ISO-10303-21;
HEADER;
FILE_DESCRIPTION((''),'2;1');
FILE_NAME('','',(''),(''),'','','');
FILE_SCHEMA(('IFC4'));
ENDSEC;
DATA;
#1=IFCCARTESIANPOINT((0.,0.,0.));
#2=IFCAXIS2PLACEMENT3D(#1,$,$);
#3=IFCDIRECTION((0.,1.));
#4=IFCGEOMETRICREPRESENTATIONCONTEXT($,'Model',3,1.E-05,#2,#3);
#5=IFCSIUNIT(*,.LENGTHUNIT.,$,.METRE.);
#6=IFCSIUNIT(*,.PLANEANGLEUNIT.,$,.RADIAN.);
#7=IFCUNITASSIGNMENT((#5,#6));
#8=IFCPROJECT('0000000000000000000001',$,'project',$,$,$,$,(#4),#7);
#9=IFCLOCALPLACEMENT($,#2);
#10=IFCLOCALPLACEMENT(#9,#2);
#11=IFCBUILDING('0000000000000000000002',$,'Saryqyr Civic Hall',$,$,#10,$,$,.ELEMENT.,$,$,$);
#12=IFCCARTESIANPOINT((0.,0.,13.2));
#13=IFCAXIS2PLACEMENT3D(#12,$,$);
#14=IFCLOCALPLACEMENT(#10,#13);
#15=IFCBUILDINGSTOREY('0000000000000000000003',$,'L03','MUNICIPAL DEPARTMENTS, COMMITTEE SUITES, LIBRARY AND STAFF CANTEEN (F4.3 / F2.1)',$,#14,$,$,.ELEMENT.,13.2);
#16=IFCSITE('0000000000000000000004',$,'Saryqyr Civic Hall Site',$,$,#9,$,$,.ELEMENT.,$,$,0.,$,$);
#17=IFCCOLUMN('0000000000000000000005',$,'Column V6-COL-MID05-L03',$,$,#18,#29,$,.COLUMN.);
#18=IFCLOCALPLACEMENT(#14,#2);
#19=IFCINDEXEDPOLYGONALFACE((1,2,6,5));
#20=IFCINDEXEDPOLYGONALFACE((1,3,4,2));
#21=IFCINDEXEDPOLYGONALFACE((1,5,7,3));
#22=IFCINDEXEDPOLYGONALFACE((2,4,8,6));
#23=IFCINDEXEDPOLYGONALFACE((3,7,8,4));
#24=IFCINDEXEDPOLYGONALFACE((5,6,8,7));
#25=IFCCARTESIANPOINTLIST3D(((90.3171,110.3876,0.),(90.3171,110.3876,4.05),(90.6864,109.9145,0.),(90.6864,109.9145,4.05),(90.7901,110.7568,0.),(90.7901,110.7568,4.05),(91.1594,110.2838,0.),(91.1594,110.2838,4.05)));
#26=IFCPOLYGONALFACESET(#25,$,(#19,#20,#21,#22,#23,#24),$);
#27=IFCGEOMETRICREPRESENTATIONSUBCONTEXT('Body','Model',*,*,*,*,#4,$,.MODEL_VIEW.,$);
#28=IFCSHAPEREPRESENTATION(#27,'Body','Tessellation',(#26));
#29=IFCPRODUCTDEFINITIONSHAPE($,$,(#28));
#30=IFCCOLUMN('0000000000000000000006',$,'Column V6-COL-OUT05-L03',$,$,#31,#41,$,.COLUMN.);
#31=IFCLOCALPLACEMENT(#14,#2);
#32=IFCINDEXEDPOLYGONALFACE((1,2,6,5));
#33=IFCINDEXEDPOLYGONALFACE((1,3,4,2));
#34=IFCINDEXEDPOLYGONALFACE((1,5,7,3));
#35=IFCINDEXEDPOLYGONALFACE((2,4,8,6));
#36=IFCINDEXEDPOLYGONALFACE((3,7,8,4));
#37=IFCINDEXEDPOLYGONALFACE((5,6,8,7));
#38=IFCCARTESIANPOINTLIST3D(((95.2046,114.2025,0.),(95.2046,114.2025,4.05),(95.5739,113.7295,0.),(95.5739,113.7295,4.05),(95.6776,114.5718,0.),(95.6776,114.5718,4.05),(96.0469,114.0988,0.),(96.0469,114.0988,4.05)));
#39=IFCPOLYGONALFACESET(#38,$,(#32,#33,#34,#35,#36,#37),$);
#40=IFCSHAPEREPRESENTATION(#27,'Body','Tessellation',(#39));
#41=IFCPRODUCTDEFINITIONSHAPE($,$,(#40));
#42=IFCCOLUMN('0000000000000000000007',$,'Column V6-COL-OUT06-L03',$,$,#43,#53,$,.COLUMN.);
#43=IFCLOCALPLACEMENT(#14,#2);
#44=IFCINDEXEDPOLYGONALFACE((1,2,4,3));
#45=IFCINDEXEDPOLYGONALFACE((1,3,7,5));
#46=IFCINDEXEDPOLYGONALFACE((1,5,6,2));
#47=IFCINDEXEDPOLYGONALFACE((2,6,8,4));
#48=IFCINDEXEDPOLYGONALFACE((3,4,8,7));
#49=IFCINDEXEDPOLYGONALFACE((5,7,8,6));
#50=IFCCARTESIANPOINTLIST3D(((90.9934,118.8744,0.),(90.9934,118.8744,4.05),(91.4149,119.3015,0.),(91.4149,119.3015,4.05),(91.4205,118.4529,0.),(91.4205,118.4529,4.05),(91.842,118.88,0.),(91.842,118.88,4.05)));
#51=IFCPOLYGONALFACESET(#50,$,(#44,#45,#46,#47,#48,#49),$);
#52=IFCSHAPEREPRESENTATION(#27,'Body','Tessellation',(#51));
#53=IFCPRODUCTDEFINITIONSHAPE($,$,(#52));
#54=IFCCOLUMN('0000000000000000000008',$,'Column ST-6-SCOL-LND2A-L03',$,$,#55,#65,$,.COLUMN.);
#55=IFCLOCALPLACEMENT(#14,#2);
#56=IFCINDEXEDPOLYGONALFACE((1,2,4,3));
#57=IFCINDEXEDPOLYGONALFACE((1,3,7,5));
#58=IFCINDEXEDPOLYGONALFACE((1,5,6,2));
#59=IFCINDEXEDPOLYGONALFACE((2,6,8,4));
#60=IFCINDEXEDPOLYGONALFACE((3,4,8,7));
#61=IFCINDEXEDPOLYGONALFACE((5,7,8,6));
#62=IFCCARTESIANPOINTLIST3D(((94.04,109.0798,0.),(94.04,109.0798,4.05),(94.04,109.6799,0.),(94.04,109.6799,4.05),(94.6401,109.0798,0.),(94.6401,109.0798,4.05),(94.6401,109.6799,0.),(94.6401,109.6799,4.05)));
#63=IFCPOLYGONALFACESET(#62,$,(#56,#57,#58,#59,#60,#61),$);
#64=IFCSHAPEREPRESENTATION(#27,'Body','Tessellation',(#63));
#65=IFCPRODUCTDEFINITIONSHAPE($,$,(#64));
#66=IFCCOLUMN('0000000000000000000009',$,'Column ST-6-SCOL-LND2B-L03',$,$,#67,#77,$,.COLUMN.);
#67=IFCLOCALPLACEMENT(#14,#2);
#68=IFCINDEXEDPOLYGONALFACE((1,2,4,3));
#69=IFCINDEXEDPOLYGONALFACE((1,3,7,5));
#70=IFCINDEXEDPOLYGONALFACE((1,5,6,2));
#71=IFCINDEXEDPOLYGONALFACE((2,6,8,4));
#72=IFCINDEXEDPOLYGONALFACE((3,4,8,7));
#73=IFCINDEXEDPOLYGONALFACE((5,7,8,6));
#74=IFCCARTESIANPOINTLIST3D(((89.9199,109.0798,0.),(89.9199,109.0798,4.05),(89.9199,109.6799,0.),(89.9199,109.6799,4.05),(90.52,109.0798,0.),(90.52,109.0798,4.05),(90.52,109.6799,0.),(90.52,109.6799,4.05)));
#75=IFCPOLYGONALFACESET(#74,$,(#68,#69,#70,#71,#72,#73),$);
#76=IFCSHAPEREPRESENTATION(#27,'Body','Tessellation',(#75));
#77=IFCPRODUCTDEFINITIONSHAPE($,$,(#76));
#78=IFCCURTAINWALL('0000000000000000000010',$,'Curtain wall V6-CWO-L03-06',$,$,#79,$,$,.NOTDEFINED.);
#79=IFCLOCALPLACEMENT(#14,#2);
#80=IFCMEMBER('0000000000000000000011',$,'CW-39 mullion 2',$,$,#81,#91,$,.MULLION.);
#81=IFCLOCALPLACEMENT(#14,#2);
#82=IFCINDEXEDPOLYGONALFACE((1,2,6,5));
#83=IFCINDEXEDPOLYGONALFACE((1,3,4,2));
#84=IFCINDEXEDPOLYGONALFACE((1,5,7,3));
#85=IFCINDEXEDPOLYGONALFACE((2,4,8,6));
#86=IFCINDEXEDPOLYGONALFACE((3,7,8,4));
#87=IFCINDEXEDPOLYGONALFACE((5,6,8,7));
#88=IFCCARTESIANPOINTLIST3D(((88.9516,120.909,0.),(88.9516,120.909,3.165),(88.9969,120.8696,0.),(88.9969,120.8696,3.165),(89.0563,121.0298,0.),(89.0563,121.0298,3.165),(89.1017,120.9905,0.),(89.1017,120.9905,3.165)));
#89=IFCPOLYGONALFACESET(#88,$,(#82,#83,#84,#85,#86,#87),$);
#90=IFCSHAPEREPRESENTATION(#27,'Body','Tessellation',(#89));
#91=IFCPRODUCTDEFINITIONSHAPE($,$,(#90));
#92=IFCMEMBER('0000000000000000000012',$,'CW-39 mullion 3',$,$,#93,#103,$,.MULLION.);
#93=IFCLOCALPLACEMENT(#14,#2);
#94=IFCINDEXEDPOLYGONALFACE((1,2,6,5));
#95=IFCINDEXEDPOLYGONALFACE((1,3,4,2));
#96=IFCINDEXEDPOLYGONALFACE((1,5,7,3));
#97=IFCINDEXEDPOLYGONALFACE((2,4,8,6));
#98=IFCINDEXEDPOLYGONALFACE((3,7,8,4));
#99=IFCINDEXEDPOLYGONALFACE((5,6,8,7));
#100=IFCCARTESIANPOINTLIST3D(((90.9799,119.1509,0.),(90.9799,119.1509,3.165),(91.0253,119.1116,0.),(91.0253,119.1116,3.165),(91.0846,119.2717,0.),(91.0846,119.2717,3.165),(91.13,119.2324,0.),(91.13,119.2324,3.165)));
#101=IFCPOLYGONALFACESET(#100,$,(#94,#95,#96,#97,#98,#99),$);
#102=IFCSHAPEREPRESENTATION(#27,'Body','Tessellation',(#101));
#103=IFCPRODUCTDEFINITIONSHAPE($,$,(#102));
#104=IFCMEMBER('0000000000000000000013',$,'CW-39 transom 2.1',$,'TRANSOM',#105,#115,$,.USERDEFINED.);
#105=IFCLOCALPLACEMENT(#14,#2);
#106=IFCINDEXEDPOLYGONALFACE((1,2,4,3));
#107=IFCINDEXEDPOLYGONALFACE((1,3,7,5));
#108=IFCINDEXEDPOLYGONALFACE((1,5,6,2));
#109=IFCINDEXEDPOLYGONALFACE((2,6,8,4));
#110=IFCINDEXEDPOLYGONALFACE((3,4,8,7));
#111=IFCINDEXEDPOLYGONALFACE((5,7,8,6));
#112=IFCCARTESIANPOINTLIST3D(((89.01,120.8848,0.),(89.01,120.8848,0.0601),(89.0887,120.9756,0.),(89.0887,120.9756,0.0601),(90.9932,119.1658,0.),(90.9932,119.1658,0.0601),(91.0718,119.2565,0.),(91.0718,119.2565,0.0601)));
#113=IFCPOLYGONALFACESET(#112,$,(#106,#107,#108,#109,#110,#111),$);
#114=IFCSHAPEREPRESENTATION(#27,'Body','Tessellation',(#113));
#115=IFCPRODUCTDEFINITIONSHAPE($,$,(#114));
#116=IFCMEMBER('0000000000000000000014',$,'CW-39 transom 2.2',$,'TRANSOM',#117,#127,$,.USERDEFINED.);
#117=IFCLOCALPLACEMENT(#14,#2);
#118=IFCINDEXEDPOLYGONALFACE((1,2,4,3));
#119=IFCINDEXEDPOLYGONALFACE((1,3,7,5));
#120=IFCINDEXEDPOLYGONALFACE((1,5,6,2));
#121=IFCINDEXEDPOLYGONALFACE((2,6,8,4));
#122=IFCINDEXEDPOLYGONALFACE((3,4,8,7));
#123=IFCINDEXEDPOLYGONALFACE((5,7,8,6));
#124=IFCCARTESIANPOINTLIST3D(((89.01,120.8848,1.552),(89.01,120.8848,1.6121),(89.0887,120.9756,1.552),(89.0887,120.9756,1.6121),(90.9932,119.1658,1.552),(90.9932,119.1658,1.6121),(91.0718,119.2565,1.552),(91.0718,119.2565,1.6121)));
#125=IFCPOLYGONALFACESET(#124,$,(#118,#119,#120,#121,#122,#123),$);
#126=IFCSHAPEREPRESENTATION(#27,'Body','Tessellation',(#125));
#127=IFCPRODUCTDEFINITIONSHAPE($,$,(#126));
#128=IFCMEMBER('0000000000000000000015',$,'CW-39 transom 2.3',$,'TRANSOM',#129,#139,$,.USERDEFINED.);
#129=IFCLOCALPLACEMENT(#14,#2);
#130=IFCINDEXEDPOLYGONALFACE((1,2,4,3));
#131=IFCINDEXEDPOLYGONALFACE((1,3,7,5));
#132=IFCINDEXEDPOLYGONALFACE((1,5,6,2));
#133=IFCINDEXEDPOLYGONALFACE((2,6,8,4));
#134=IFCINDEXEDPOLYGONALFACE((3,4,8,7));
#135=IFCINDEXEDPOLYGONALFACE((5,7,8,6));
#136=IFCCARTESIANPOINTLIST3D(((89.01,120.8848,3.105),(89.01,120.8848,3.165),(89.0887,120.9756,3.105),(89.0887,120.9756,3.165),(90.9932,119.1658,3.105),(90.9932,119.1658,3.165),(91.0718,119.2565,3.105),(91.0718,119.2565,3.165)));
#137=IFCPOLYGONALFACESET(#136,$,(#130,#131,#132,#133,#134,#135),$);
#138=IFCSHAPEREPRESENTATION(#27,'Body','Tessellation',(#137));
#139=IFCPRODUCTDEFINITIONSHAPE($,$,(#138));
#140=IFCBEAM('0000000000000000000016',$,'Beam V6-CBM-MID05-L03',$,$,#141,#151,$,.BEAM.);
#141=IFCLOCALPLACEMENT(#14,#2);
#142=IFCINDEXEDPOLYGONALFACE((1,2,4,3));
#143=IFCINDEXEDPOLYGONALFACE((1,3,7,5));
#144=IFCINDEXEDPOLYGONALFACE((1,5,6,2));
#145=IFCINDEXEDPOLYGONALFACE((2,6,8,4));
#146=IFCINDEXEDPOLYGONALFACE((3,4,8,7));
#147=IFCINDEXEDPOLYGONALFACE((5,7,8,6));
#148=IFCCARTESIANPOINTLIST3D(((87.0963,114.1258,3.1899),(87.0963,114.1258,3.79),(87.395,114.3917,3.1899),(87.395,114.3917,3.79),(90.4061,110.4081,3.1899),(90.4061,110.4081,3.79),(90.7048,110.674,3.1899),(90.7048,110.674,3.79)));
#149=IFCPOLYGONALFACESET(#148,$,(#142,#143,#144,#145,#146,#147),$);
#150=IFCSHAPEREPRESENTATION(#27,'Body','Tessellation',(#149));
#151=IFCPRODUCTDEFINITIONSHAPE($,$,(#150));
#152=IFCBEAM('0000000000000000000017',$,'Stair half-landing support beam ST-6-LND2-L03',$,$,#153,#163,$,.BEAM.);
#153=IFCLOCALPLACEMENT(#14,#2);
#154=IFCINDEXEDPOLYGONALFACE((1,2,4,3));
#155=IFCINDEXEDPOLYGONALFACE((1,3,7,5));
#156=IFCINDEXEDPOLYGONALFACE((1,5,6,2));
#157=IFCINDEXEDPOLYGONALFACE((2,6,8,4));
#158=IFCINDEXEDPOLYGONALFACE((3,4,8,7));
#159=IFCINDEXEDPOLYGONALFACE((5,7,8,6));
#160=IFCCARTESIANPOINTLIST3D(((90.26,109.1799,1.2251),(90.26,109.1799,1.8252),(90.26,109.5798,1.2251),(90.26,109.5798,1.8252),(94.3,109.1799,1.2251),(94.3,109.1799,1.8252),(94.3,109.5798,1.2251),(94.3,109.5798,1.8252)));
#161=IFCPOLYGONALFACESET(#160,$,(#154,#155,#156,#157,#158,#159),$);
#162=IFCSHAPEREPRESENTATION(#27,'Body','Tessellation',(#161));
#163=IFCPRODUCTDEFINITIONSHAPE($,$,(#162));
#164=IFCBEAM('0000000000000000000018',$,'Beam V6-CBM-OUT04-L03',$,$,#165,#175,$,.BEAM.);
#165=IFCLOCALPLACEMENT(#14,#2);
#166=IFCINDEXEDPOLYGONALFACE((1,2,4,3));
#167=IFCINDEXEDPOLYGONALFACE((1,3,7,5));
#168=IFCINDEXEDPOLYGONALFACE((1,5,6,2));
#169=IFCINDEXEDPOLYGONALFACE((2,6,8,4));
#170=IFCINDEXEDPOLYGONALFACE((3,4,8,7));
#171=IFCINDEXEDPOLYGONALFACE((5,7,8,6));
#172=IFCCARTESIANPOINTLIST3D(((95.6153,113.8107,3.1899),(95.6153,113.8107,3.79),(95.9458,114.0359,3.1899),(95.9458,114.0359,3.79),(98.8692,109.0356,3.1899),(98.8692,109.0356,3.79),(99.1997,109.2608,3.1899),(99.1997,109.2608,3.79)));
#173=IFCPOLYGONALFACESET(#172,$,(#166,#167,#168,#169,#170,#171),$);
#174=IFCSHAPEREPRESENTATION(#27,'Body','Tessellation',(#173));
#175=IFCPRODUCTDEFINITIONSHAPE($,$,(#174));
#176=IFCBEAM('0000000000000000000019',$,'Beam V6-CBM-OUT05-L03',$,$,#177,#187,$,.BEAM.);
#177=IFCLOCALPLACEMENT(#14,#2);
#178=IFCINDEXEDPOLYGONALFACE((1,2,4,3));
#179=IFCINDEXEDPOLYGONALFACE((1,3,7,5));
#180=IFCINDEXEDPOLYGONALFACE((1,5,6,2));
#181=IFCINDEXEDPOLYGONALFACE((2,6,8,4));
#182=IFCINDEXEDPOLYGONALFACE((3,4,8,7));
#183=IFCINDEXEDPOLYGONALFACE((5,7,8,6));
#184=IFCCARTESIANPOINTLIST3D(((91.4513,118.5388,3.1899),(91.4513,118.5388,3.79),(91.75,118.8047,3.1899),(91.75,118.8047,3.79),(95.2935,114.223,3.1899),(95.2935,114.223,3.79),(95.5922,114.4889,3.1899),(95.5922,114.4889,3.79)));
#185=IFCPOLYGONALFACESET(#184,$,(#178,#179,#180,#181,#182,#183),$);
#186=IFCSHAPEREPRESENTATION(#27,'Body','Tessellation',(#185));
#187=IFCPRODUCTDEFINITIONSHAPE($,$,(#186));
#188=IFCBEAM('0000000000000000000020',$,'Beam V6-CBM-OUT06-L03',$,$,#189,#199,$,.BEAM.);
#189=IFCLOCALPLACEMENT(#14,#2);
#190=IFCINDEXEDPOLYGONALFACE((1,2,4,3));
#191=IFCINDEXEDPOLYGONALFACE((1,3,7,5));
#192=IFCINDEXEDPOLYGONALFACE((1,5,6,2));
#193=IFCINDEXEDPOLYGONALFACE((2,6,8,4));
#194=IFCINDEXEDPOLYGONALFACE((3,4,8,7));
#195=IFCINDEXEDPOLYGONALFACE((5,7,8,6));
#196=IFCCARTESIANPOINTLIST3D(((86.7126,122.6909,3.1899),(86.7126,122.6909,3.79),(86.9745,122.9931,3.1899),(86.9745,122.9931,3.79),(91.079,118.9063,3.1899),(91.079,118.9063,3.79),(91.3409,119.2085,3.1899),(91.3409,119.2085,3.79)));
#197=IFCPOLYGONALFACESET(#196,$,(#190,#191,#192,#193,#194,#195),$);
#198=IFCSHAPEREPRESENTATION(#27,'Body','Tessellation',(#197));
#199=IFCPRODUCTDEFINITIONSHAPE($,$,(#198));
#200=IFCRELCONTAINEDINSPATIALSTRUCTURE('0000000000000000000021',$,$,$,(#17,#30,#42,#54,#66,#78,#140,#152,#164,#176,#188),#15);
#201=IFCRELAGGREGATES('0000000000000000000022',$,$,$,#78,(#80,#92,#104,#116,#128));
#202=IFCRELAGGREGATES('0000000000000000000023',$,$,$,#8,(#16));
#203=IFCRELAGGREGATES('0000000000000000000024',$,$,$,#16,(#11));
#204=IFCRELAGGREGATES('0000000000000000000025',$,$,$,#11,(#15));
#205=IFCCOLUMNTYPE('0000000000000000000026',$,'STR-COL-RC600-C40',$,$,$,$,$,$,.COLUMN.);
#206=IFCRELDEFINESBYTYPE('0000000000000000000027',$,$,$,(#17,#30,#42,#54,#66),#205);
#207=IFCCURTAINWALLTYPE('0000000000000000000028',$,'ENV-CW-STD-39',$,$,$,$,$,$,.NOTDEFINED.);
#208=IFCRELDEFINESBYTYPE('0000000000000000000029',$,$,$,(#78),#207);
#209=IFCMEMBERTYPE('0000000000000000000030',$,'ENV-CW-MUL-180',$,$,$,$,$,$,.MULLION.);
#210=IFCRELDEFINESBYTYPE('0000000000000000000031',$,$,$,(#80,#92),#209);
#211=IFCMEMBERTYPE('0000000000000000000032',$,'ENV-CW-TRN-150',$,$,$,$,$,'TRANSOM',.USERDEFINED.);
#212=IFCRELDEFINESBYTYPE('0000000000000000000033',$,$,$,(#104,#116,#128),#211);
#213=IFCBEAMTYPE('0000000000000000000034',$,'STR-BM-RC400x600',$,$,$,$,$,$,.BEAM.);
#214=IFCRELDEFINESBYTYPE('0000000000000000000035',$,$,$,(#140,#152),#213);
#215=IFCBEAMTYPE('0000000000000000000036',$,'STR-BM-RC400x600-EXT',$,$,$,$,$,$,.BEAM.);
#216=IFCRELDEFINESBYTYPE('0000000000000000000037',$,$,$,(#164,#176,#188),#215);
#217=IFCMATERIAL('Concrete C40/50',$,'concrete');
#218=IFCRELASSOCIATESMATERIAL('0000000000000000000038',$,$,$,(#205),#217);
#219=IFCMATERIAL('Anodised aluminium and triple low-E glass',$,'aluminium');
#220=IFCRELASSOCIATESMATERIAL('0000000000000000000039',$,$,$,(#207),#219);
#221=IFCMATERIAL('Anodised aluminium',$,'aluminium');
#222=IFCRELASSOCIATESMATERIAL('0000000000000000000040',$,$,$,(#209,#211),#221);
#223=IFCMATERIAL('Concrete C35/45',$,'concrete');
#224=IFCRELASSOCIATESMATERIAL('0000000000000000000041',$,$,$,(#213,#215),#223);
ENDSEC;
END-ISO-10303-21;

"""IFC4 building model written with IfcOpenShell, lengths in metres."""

from ifc_helpers import new_model, si_unit, direction, frame, origin, origin_2d, place, context, subcontext, project, spatial, rectangle, extrude, material, material_profile, profile_set, type_object, element, aggregate, save


model = new_model("IFC4")

# Units and contexts
model_context = context("Model", 3, precision=1e-05, world=origin(), true_north=direction((0.0, 1.0)))
body_context = subcontext(model_context, "Body", "Model", "MODEL_VIEW")
ifc_project = project(units=[si_unit("LENGTHUNIT", "METRE"), si_unit("PLANEANGLEUNIT", "RADIAN")], contexts=[model_context])

# Site, building, storey
site_placement = place(None, origin())
site = spatial("IfcSite", under=ifc_project, at=site_placement, Name="Saryqyr Civic Hall Site", CompositionType="ELEMENT", RefElevation=0.0)
building_placement = place(site_placement, origin())
building = spatial("IfcBuilding", under=site, at=building_placement, Name="Saryqyr Civic Hall", CompositionType="ELEMENT")
storey_placement = place(building_placement, frame((0.0, 0.0, 13.2)))
storey = spatial("IfcBuildingStorey", under=building, at=storey_placement, Name="L03", Description="MUNICIPAL DEPARTMENTS, COMMITTEE SUITES, LIBRARY AND STAFF CANTEEN (F4.3 / F2.1)", CompositionType="ELEMENT", Elevation=13.2)

# Columns
ifc_material_1 = material(Name="Concrete C40/50", Category="concrete")
ifc_material_profile_1 = material_profile(ifc_material_1, rectangle(XDim=0.6001, YDim=0.6001, at=origin_2d()), Name="RC 600x600")
ifc_profile_set_1 = profile_set([ifc_material_profile_1], Name="Concrete C40/50")
column_type = type_object("IfcColumnType", Name="STR-COL-RC600-C40", PredefinedType="COLUMN", material=ifc_profile_set_1)
for number, where, z_axis, x_axis, name in (
    (1, (90.7383, 110.3357, 0.0), (0.0, 0.0, 1.0), (0.788226, 0.615386, 0.0), "Column V6-COL-MID05-L03"),
    (2, (95.6257, 114.1506, 0.0), (0.0, 0.0, 1.0), (0.788226, 0.615386, 0.0), "Column V6-COL-OUT05-L03"),
    (3, (91.4177, 118.8772, 0.0), (0.0, 0.0, 1.0), (0.702402, 0.711781, 0.0), "Column V6-COL-OUT06-L03"),
    (4, (94.3401, 109.3799, 0.0), (0.0, 0.0, 1.0), (1.0, 0.0, 0.0), "Column ST-6-SCOL-LND2A-L03"),
    (5, (90.22, 109.3799, 0.0), (0.0, 0.0, 1.0), (1.0, 0.0, 0.0), "Column ST-6-SCOL-LND2B-L03"),
):
    element("IfcColumn", number, at=place(storey_placement, frame(where, z_axis=z_axis, x_axis=x_axis)), inside=storey, type_object=column_type, Name=name, PredefinedType="COLUMN", context=body_context, shape_type="SweptSolid", body=[
        extrude(rectangle(XDim=0.6001, YDim=0.6001, at=origin_2d()), origin(), (0.0, 0.0, 1.0), 4.05),
    ])

# Curtain wall, members
ifc_material_2 = material(Name="Anodised aluminium and triple low-E glass", Category="aluminium")
curtain_wall_type = type_object("IfcCurtainWallType", Name="ENV-CW-STD-39", PredefinedType="NOTDEFINED", material=ifc_material_2)
curtain_wall_placement = place(storey_placement, origin())
curtain_wall = element("IfcCurtainWall", 6, at=curtain_wall_placement, inside=storey, type_object=curtain_wall_type, Name="Curtain wall V6-CWO-L03-06", PredefinedType="NOTDEFINED")
ifc_material_3 = material(Name="Anodised aluminium", Category="aluminium")
ifc_material_profile_2 = material_profile(ifc_material_3, rectangle(XDim=0.0601, YDim=0.1599, at=origin_2d()), Name="ALU MULLION 60x160")
ifc_profile_set_2 = profile_set([ifc_material_profile_2], Name="Anodised aluminium")
member_type_1 = type_object("IfcMemberType", Name="ENV-CW-MUL-180", PredefinedType="MULLION", material=ifc_profile_set_2)
member_1_placement = place(storey_placement, frame((89.0266, 120.9497, 0.0), z_axis=(0.0, 0.0, 1.0), x_axis=(0.755657, -0.654967, 0.0)))
member_1 = element("IfcMember", 7, at=member_1_placement, type_object=member_type_1, Name="CW-39 mullion 2", PredefinedType="MULLION", context=body_context, shape_type="SweptSolid", body=[
    extrude(rectangle(XDim=0.0601, YDim=0.1599, at=origin_2d()), origin(), (0.0, 0.0, 1.0), 3.165),
])
member_2_placement = place(storey_placement, frame((91.0549, 119.1917, 0.0), z_axis=(0.0, 0.0, 1.0), x_axis=(0.755657, -0.654967, 0.0)))
member_2 = element("IfcMember", 8, at=member_2_placement, type_object=member_type_1, Name="CW-39 mullion 3", PredefinedType="MULLION", context=body_context, shape_type="SweptSolid", body=[
    extrude(rectangle(XDim=0.0601, YDim=0.1599, at=origin_2d()), origin(), (0.0, 0.0, 1.0), 3.165),
])
ifc_material_profile_3 = material_profile(ifc_material_3, rectangle(XDim=0.1201, YDim=0.0601, at=origin_2d()), Name="ALU TRANSOM 120x60")
ifc_profile_set_3 = profile_set([ifc_material_profile_3], Name="Anodised aluminium")
member_type_2 = type_object("IfcMemberType", Name="ENV-CW-TRN-150", ElementType="TRANSOM", PredefinedType="USERDEFINED", material=ifc_profile_set_3)
member_3_placement = place(storey_placement, frame((89.0493, 120.9302, 0.03), z_axis=(0.75564, -0.654987, 0.0), x_axis=(0.654987, 0.75564, 0.0)))
member_3 = element("IfcMember", 9, at=member_3_placement, type_object=member_type_2, Name="CW-39 transom 2.1", ObjectType="TRANSOM", PredefinedType="USERDEFINED", context=body_context, shape_type="SweptSolid", body=[
    extrude(rectangle(XDim=0.1201, YDim=0.0601, at=origin_2d()), origin(), (0.0, 0.0, 1.0), 2.6245),
])
member_4_placement = place(storey_placement, frame((89.0493, 120.9302, 1.582), z_axis=(0.75564, -0.654987, 0.0), x_axis=(0.654987, 0.75564, 0.0)))
member_4 = element("IfcMember", 10, at=member_4_placement, type_object=member_type_2, Name="CW-39 transom 2.2", ObjectType="TRANSOM", PredefinedType="USERDEFINED", context=body_context, shape_type="SweptSolid", body=[
    extrude(rectangle(XDim=0.1201, YDim=0.0601, at=origin_2d()), origin(), (0.0, 0.0, 1.0), 2.6245),
])
member_5_placement = place(storey_placement, frame((89.0493, 120.9302, 3.135), z_axis=(0.75564, -0.654987, 0.0), x_axis=(0.654987, 0.75564, 0.0)))
member_5 = element("IfcMember", 11, at=member_5_placement, type_object=member_type_2, Name="CW-39 transom 2.3", ObjectType="TRANSOM", PredefinedType="USERDEFINED", context=body_context, shape_type="SweptSolid", body=[
    extrude(rectangle(XDim=0.1201, YDim=0.0601, at=origin_2d()), origin(), (0.0, 0.0, 1.0), 2.6245),
])

# Beams
ifc_material_4 = material(Name="Concrete C35/45", Category="concrete")
ifc_material_profile_4 = material_profile(ifc_material_4, rectangle(XDim=0.3999, YDim=0.6001, at=origin_2d()), Name="RC 400x600")
ifc_profile_set_4 = profile_set([ifc_material_profile_4], Name="Concrete C35/45")
beam_type_1 = type_object("IfcBeamType", Name="STR-BM-RC400x600", PredefinedType="BEAM", material=ifc_profile_set_4)
beam_1_placement = place(storey_placement, frame((90.5554, 110.541, 3.49), z_axis=(-0.664939, 0.746898, 0.0), x_axis=(-0.746898, -0.664939, 0.0)))
element("IfcBeam", 12, at=beam_1_placement, inside=storey, type_object=beam_type_1, Name="Beam V6-CBM-MID05-L03", PredefinedType="BEAM", context=body_context, shape_type="SweptSolid", body=[
    extrude(rectangle(XDim=0.3999, YDim=0.6001, at=origin_2d()), origin(), (0.0, 0.0, 1.0), 4.9775),
])
beam_2_placement = place(storey_placement, frame((94.3, 109.3799, 1.5251), z_axis=(-1.0, 0.0, 0.0), x_axis=(0.0, -1.0, 0.0)))
element("IfcBeam", 13, at=beam_2_placement, inside=storey, type_object=beam_type_1, Name="Stair half-landing support beam ST-6-LND2-L03", PredefinedType="BEAM", context=body_context, shape_type="SweptSolid", body=[
    extrude(rectangle(XDim=0.3999, YDim=0.6001, at=origin_2d()), origin(), (0.0, 0.0, 1.0), 4.04),
])
ifc_material_profile_5 = material_profile(ifc_material_4, rectangle(XDim=0.3999, YDim=0.6001, at=origin_2d()), Name="RC 400x600")
ifc_profile_set_5 = profile_set([ifc_material_profile_5], Name="Concrete C35/45")
beam_type_2 = type_object("IfcBeamType", Name="STR-BM-RC400x600-EXT", PredefinedType="BEAM", material=ifc_profile_set_5)
for number, where, z_axis, x_axis, name in (
    (14, (99.0344, 109.1482, 3.49), (-0.563115, 0.826378, 0.0), (-0.826378, -0.563115, 0.0), "Beam V6-CBM-OUT04-L03"),
    (15, (95.4429, 114.356, 3.49), (-0.664935, 0.746901, 0.0), (-0.746901, -0.664935, 0.0), "Beam V6-CBM-OUT05-L03"),
    (16, (91.21, 119.0574, 3.49), (-0.755654, 0.654971, 0.0), (-0.654971, -0.755654, 0.0), "Beam V6-CBM-OUT06-L03"),
):
    element("IfcBeam", number, at=place(storey_placement, frame(where, z_axis=z_axis, x_axis=x_axis)), inside=storey, type_object=beam_type_2, Name=name, PredefinedType="BEAM", context=body_context, shape_type="SweptSolid", body=[
        extrude(rectangle(XDim=0.3999, YDim=0.6001, at=origin_2d()), origin(), (0.0, 0.0, 1.0), 5.7783),
    ])

aggregate(curtain_wall, [member_1, member_2, member_3, member_4, member_5])

save(model, "model.ifc")
